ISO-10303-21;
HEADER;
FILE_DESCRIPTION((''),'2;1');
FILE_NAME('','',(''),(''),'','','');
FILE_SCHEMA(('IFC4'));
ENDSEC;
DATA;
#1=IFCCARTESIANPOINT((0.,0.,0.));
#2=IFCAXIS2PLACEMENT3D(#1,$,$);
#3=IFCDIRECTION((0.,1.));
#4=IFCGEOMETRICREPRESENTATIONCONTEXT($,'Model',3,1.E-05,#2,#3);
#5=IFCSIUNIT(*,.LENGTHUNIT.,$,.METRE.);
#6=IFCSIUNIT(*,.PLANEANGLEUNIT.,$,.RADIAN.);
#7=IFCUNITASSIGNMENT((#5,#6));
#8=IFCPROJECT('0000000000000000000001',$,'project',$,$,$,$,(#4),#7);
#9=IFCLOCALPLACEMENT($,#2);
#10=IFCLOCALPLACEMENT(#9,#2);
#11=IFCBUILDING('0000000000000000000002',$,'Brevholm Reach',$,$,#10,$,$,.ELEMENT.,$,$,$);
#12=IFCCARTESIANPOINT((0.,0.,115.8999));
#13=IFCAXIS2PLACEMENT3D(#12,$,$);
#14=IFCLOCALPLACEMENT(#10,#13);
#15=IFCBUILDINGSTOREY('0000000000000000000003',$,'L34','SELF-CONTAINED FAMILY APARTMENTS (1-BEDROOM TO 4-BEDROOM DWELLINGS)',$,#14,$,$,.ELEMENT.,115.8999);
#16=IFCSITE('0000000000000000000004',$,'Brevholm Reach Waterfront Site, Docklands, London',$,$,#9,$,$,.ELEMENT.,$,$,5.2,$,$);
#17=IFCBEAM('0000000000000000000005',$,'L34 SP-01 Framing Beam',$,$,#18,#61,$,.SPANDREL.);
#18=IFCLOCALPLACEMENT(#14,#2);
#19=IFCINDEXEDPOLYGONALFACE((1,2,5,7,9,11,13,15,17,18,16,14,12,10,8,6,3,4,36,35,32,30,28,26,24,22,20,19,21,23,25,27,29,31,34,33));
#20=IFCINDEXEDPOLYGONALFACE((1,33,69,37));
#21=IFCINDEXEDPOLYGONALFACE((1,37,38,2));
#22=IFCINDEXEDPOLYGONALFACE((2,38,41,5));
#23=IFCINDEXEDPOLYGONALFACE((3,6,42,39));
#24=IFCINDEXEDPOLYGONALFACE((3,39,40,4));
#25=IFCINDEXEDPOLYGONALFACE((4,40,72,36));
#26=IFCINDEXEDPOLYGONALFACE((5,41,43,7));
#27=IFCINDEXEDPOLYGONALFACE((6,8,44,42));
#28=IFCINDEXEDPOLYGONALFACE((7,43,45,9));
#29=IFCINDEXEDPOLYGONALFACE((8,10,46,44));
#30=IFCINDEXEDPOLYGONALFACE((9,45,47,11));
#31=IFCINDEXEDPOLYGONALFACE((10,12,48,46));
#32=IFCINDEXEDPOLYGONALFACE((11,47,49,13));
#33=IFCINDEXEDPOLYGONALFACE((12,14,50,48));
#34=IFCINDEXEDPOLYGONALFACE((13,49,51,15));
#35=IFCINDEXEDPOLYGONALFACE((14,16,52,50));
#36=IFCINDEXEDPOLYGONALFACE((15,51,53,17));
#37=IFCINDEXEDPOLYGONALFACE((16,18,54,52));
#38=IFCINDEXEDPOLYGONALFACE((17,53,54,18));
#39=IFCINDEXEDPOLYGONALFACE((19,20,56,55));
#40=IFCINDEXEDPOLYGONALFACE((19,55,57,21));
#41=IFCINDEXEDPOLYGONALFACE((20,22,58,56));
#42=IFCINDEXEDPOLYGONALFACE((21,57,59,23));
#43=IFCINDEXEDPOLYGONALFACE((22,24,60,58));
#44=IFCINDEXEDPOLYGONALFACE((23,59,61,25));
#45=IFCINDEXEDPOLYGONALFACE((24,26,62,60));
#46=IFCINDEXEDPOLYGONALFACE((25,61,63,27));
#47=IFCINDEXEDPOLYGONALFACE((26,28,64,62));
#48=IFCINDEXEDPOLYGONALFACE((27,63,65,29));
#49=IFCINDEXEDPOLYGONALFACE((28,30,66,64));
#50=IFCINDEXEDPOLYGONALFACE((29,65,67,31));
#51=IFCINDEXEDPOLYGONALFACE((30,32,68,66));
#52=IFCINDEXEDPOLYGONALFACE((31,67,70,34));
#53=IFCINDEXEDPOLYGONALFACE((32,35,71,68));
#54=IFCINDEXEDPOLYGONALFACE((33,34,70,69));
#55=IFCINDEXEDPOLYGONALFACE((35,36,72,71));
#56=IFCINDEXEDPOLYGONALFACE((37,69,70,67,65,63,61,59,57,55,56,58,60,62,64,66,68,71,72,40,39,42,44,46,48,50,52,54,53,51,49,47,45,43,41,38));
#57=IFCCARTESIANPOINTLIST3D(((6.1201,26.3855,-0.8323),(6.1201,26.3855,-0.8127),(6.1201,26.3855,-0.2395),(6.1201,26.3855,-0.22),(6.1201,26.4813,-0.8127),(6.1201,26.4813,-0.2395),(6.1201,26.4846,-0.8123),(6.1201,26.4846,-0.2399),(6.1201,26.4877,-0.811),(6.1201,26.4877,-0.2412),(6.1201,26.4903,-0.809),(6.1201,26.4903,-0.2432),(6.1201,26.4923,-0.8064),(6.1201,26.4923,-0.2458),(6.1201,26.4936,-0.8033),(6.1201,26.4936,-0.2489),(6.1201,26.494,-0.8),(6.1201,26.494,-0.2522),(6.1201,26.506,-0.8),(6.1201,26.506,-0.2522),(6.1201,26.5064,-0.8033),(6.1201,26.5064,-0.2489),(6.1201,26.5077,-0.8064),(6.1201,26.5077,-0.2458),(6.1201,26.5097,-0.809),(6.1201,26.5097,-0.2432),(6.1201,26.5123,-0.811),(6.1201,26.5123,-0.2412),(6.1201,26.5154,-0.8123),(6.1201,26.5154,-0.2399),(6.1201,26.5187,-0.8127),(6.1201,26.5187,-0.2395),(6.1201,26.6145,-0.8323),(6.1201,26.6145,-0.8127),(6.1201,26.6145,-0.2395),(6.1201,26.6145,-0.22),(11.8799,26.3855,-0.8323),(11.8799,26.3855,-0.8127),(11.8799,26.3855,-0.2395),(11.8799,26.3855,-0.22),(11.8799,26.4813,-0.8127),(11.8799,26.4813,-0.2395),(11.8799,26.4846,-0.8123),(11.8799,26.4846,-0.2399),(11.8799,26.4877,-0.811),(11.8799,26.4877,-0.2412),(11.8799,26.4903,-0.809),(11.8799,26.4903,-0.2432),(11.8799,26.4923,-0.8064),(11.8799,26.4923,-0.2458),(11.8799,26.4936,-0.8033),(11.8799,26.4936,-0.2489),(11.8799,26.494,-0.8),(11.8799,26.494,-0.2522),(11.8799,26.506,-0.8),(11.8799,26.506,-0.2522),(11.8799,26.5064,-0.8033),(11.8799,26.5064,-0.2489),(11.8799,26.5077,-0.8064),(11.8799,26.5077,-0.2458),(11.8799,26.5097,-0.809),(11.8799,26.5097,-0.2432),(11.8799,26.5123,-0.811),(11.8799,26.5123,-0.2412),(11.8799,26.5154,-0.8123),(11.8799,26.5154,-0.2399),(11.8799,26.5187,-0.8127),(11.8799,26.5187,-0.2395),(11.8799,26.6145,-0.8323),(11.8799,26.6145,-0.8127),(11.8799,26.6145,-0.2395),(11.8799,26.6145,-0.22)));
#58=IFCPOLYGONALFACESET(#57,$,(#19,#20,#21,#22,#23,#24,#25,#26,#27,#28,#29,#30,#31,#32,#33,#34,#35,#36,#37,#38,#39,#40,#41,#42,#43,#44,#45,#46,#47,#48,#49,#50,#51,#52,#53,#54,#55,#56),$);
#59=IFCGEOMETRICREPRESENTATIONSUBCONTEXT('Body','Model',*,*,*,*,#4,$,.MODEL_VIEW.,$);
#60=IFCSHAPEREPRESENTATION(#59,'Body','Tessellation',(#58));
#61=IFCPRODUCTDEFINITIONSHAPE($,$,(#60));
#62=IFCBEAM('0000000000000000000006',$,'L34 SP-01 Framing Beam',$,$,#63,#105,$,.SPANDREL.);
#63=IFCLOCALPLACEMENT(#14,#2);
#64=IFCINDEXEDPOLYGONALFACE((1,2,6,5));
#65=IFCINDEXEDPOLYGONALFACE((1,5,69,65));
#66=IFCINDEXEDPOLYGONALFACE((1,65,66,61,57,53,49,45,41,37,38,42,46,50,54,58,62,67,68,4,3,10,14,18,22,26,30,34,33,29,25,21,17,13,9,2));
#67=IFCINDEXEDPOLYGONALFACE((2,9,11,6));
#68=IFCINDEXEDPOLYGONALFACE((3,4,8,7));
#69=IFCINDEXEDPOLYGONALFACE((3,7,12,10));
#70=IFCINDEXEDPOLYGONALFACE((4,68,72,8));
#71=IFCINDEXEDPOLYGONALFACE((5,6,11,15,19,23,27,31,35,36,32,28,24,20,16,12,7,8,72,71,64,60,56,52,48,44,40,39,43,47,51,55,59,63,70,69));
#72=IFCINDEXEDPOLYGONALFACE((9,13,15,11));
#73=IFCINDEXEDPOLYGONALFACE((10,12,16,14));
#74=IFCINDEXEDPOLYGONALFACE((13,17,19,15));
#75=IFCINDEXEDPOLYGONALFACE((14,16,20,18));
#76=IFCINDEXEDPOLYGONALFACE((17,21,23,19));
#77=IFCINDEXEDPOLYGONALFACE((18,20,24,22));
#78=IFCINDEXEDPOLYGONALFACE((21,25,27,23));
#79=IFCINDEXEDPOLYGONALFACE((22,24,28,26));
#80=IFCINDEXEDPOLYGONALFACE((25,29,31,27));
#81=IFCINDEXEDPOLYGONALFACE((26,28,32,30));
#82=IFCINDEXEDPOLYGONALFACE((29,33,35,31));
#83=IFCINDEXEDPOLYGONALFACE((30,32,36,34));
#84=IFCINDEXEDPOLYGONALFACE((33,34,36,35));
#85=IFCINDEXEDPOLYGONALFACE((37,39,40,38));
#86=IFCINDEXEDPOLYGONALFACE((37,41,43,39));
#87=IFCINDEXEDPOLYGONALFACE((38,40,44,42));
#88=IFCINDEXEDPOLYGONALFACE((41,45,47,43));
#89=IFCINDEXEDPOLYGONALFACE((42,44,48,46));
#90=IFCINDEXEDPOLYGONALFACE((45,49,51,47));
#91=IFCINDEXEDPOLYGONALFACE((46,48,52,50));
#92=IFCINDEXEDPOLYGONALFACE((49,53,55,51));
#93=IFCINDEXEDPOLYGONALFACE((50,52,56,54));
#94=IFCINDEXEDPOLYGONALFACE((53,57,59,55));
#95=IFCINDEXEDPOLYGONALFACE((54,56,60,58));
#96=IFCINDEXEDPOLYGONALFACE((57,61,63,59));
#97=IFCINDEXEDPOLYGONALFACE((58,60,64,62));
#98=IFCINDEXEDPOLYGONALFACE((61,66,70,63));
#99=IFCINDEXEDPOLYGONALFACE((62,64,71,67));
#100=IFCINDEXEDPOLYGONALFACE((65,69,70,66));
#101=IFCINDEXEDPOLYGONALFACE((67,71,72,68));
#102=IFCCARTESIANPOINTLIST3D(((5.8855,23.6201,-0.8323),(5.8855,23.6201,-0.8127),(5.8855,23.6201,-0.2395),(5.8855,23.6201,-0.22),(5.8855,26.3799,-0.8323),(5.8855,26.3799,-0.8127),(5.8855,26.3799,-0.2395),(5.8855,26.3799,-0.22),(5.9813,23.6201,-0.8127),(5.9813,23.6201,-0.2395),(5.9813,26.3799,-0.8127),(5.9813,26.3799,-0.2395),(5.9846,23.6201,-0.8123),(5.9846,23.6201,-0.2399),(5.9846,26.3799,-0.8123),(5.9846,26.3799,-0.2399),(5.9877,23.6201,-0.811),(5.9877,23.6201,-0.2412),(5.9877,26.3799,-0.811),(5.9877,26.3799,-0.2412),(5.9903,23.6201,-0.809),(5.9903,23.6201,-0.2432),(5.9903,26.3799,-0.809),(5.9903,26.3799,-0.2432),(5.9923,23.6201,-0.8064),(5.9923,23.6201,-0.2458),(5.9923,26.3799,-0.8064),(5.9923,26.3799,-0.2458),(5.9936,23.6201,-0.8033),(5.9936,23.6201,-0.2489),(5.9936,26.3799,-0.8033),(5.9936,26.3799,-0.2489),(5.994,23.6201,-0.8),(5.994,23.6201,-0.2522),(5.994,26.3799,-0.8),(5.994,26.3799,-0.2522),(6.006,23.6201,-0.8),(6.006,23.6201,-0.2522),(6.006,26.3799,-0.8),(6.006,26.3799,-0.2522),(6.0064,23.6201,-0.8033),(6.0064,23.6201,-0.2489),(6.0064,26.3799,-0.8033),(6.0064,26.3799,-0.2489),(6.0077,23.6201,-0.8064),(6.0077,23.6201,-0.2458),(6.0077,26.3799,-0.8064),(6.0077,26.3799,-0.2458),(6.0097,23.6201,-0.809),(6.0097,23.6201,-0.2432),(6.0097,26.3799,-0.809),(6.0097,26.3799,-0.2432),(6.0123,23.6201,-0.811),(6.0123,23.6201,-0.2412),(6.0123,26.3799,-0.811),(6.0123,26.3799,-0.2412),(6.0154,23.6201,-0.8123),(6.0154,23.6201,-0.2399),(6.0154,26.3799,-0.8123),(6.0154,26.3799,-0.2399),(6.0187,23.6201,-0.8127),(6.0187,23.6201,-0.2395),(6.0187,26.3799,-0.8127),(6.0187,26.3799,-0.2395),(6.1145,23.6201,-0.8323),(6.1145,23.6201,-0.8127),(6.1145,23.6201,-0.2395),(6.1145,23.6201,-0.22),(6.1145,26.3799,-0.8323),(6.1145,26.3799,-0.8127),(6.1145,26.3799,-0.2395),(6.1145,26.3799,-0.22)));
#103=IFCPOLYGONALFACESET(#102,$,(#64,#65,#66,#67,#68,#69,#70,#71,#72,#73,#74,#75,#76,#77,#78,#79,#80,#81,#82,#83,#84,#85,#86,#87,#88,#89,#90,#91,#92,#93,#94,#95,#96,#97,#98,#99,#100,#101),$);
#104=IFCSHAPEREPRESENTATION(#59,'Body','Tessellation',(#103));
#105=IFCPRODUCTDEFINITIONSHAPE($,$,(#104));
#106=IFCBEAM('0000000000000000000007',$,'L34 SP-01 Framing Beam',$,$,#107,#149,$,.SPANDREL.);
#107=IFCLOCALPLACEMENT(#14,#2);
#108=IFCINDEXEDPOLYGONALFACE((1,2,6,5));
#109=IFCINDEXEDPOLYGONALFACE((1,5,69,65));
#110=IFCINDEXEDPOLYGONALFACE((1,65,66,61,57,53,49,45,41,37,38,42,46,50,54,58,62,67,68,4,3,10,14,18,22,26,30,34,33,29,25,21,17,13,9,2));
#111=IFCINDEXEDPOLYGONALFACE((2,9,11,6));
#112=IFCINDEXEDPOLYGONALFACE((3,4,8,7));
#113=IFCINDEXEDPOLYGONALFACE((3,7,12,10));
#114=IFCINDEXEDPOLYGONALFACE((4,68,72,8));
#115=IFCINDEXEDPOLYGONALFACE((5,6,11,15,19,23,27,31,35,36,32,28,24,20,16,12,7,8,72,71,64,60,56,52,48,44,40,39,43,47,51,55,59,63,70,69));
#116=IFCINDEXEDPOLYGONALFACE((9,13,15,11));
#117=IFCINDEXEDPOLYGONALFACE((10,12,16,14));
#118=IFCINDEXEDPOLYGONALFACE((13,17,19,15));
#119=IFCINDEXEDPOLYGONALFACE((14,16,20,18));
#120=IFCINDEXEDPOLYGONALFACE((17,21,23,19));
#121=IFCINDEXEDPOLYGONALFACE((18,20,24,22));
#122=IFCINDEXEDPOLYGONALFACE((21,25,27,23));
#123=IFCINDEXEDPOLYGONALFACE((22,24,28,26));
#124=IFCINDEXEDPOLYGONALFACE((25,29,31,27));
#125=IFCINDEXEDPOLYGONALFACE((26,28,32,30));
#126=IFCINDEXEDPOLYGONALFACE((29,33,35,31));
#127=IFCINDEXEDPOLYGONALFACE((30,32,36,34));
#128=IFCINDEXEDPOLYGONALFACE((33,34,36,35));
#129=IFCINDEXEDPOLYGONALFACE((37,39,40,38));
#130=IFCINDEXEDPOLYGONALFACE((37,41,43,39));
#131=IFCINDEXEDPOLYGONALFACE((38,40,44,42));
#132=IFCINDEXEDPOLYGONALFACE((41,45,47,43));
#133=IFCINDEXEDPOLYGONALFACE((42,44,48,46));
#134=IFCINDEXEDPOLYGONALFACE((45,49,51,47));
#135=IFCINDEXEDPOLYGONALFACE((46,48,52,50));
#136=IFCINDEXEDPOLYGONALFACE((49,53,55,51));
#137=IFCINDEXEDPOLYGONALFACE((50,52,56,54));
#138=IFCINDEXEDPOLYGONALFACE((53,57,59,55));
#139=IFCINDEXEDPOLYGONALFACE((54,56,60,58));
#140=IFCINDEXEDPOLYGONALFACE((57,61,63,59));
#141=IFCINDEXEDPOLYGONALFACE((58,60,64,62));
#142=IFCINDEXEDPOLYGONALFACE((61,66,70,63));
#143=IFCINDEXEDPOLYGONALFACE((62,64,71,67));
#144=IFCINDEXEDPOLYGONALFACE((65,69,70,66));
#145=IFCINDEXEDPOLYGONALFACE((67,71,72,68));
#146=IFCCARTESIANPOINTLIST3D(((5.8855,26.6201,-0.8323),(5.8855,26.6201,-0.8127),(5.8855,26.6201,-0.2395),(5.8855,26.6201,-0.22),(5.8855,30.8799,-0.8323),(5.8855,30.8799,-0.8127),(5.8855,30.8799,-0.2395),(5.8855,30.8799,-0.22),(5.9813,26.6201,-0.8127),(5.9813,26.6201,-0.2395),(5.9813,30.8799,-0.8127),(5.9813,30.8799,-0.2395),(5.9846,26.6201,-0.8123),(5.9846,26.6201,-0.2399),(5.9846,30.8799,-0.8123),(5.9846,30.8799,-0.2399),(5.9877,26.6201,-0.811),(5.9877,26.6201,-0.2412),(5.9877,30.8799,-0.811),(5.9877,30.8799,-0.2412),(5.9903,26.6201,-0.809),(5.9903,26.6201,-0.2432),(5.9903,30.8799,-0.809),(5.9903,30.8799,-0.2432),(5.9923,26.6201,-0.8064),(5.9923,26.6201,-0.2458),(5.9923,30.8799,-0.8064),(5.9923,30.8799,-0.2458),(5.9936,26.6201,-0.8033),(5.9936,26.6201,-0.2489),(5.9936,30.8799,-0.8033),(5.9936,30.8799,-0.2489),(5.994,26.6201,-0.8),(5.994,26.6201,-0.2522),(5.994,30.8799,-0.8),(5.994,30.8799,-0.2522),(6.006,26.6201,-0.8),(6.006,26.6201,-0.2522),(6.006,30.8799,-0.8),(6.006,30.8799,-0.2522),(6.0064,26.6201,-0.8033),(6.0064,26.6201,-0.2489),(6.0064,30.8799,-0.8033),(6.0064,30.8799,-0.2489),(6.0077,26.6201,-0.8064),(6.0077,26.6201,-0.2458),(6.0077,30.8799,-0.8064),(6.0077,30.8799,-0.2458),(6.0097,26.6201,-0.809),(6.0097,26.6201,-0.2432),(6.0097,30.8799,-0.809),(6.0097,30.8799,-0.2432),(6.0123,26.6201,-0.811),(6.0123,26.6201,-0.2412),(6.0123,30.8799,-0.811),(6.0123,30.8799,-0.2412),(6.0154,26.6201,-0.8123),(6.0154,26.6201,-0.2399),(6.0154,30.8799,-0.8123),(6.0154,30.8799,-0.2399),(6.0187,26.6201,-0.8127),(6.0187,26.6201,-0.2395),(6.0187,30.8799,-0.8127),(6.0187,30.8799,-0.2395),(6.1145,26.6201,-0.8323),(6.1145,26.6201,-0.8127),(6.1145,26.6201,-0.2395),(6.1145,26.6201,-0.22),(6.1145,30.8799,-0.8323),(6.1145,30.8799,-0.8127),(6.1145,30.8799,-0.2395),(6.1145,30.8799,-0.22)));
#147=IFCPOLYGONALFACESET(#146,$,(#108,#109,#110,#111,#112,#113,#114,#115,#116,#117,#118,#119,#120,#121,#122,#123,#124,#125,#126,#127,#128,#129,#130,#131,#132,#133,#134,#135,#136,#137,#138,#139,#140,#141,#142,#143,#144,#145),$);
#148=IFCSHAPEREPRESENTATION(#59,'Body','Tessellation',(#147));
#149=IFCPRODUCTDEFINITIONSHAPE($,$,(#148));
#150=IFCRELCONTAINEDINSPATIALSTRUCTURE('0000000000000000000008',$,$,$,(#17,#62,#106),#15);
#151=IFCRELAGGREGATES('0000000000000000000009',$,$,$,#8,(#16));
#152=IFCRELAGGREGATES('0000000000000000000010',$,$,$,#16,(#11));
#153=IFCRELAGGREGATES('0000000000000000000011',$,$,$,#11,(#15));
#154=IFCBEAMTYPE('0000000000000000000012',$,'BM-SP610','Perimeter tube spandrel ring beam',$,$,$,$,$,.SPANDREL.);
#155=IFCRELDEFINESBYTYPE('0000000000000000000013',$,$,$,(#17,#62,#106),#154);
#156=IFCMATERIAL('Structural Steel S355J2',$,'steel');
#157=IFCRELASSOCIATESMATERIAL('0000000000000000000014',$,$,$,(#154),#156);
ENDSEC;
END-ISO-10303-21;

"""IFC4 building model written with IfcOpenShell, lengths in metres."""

from ifc_helpers import new_model, si_unit, direction, frame, origin, origin_2d, place, context, subcontext, project, spatial, i_section, extrude, material, material_profile, profile_set, type_object, element, save


model = new_model("IFC4")

# Units and contexts
model_context = context("Model", 3, precision=1e-05, world=origin(), true_north=direction((0.0, 1.0)))
body_context = subcontext(model_context, "Body", "Model", "MODEL_VIEW")
ifc_project = project(units=[si_unit("LENGTHUNIT", "METRE"), si_unit("PLANEANGLEUNIT", "RADIAN")], contexts=[model_context])

# Site, building, storey
site_placement = place(None, origin())
site = spatial("IfcSite", under=ifc_project, at=site_placement, Name="Brevholm Reach Waterfront Site, Docklands, London", CompositionType="ELEMENT", RefElevation=5.2)
building_placement = place(site_placement, origin())
building = spatial("IfcBuilding", under=site, at=building_placement, Name="Brevholm Reach", CompositionType="ELEMENT")
storey_placement = place(building_placement, frame((0.0, 0.0, 115.8999)))
storey = spatial("IfcBuildingStorey", under=building, at=storey_placement, Name="L34", Description="SELF-CONTAINED FAMILY APARTMENTS (1-BEDROOM TO 4-BEDROOM DWELLINGS)", CompositionType="ELEMENT", Elevation=115.8999)

# Beams
ifc_material_1 = material(Name="Structural Steel S355J2", Category="steel")
ifc_material_profile_1 = material_profile(ifc_material_1, i_section(OverallWidth=0.229, OverallDepth=0.6123, WebThickness=0.012, FlangeThickness=0.0195, FilletRadius=0.0127, at=origin_2d()), Name="UKB 610x229x125")
ifc_profile_set_1 = profile_set([ifc_material_profile_1], Name="Structural Steel S355J2")
beam_type_1 = type_object("IfcBeamType", Name="BM-SP610", Description="Perimeter tube spandrel ring beam", PredefinedType="SPANDREL", material=ifc_profile_set_1)
beam_1_placement = place(storey_placement, frame((6.1201, 26.5, -0.5261), z_axis=(1.0, 0.0, 0.0), x_axis=(0.0, 1.0, 0.0)))
element("IfcBeam", 1, at=beam_1_placement, inside=storey, type_object=beam_type_1, Name="L34 SP-01 Framing Beam", PredefinedType="SPANDREL", context=body_context, shape_type="SweptSolid", body=[
    extrude(i_section(OverallWidth=0.229, OverallDepth=0.6123, WebThickness=0.012, FlangeThickness=0.0195, FilletRadius=0.0127, at=origin_2d()), origin(), (0.0, 0.0, 1.0), 5.7598),
])
beam_2_placement = place(storey_placement, frame((6.0, 23.6201, -0.5261), z_axis=(0.0, 1.0, 0.0), x_axis=(-1.0, 0.0, 0.0)))
element("IfcBeam", 2, at=beam_2_placement, inside=storey, type_object=beam_type_1, Name="L34 SP-01 Framing Beam", PredefinedType="SPANDREL", context=body_context, shape_type="SweptSolid", body=[
    extrude(i_section(OverallWidth=0.229, OverallDepth=0.6123, WebThickness=0.012, FlangeThickness=0.0195, FilletRadius=0.0127, at=origin_2d()), origin(), (0.0, 0.0, 1.0), 2.7598),
])
beam_3_placement = place(storey_placement, frame((6.0, 26.6201, -0.5261), z_axis=(0.0, 1.0, 0.0), x_axis=(-1.0, 0.0, 0.0)))
element("IfcBeam", 3, at=beam_3_placement, inside=storey, type_object=beam_type_1, Name="L34 SP-01 Framing Beam", PredefinedType="SPANDREL", context=body_context, shape_type="SweptSolid", body=[
    extrude(i_section(OverallWidth=0.229, OverallDepth=0.6123, WebThickness=0.012, FlangeThickness=0.0195, FilletRadius=0.0127, at=origin_2d()), origin(), (0.0, 0.0, 1.0), 4.2598),
])

save(model, "model.ifc")
